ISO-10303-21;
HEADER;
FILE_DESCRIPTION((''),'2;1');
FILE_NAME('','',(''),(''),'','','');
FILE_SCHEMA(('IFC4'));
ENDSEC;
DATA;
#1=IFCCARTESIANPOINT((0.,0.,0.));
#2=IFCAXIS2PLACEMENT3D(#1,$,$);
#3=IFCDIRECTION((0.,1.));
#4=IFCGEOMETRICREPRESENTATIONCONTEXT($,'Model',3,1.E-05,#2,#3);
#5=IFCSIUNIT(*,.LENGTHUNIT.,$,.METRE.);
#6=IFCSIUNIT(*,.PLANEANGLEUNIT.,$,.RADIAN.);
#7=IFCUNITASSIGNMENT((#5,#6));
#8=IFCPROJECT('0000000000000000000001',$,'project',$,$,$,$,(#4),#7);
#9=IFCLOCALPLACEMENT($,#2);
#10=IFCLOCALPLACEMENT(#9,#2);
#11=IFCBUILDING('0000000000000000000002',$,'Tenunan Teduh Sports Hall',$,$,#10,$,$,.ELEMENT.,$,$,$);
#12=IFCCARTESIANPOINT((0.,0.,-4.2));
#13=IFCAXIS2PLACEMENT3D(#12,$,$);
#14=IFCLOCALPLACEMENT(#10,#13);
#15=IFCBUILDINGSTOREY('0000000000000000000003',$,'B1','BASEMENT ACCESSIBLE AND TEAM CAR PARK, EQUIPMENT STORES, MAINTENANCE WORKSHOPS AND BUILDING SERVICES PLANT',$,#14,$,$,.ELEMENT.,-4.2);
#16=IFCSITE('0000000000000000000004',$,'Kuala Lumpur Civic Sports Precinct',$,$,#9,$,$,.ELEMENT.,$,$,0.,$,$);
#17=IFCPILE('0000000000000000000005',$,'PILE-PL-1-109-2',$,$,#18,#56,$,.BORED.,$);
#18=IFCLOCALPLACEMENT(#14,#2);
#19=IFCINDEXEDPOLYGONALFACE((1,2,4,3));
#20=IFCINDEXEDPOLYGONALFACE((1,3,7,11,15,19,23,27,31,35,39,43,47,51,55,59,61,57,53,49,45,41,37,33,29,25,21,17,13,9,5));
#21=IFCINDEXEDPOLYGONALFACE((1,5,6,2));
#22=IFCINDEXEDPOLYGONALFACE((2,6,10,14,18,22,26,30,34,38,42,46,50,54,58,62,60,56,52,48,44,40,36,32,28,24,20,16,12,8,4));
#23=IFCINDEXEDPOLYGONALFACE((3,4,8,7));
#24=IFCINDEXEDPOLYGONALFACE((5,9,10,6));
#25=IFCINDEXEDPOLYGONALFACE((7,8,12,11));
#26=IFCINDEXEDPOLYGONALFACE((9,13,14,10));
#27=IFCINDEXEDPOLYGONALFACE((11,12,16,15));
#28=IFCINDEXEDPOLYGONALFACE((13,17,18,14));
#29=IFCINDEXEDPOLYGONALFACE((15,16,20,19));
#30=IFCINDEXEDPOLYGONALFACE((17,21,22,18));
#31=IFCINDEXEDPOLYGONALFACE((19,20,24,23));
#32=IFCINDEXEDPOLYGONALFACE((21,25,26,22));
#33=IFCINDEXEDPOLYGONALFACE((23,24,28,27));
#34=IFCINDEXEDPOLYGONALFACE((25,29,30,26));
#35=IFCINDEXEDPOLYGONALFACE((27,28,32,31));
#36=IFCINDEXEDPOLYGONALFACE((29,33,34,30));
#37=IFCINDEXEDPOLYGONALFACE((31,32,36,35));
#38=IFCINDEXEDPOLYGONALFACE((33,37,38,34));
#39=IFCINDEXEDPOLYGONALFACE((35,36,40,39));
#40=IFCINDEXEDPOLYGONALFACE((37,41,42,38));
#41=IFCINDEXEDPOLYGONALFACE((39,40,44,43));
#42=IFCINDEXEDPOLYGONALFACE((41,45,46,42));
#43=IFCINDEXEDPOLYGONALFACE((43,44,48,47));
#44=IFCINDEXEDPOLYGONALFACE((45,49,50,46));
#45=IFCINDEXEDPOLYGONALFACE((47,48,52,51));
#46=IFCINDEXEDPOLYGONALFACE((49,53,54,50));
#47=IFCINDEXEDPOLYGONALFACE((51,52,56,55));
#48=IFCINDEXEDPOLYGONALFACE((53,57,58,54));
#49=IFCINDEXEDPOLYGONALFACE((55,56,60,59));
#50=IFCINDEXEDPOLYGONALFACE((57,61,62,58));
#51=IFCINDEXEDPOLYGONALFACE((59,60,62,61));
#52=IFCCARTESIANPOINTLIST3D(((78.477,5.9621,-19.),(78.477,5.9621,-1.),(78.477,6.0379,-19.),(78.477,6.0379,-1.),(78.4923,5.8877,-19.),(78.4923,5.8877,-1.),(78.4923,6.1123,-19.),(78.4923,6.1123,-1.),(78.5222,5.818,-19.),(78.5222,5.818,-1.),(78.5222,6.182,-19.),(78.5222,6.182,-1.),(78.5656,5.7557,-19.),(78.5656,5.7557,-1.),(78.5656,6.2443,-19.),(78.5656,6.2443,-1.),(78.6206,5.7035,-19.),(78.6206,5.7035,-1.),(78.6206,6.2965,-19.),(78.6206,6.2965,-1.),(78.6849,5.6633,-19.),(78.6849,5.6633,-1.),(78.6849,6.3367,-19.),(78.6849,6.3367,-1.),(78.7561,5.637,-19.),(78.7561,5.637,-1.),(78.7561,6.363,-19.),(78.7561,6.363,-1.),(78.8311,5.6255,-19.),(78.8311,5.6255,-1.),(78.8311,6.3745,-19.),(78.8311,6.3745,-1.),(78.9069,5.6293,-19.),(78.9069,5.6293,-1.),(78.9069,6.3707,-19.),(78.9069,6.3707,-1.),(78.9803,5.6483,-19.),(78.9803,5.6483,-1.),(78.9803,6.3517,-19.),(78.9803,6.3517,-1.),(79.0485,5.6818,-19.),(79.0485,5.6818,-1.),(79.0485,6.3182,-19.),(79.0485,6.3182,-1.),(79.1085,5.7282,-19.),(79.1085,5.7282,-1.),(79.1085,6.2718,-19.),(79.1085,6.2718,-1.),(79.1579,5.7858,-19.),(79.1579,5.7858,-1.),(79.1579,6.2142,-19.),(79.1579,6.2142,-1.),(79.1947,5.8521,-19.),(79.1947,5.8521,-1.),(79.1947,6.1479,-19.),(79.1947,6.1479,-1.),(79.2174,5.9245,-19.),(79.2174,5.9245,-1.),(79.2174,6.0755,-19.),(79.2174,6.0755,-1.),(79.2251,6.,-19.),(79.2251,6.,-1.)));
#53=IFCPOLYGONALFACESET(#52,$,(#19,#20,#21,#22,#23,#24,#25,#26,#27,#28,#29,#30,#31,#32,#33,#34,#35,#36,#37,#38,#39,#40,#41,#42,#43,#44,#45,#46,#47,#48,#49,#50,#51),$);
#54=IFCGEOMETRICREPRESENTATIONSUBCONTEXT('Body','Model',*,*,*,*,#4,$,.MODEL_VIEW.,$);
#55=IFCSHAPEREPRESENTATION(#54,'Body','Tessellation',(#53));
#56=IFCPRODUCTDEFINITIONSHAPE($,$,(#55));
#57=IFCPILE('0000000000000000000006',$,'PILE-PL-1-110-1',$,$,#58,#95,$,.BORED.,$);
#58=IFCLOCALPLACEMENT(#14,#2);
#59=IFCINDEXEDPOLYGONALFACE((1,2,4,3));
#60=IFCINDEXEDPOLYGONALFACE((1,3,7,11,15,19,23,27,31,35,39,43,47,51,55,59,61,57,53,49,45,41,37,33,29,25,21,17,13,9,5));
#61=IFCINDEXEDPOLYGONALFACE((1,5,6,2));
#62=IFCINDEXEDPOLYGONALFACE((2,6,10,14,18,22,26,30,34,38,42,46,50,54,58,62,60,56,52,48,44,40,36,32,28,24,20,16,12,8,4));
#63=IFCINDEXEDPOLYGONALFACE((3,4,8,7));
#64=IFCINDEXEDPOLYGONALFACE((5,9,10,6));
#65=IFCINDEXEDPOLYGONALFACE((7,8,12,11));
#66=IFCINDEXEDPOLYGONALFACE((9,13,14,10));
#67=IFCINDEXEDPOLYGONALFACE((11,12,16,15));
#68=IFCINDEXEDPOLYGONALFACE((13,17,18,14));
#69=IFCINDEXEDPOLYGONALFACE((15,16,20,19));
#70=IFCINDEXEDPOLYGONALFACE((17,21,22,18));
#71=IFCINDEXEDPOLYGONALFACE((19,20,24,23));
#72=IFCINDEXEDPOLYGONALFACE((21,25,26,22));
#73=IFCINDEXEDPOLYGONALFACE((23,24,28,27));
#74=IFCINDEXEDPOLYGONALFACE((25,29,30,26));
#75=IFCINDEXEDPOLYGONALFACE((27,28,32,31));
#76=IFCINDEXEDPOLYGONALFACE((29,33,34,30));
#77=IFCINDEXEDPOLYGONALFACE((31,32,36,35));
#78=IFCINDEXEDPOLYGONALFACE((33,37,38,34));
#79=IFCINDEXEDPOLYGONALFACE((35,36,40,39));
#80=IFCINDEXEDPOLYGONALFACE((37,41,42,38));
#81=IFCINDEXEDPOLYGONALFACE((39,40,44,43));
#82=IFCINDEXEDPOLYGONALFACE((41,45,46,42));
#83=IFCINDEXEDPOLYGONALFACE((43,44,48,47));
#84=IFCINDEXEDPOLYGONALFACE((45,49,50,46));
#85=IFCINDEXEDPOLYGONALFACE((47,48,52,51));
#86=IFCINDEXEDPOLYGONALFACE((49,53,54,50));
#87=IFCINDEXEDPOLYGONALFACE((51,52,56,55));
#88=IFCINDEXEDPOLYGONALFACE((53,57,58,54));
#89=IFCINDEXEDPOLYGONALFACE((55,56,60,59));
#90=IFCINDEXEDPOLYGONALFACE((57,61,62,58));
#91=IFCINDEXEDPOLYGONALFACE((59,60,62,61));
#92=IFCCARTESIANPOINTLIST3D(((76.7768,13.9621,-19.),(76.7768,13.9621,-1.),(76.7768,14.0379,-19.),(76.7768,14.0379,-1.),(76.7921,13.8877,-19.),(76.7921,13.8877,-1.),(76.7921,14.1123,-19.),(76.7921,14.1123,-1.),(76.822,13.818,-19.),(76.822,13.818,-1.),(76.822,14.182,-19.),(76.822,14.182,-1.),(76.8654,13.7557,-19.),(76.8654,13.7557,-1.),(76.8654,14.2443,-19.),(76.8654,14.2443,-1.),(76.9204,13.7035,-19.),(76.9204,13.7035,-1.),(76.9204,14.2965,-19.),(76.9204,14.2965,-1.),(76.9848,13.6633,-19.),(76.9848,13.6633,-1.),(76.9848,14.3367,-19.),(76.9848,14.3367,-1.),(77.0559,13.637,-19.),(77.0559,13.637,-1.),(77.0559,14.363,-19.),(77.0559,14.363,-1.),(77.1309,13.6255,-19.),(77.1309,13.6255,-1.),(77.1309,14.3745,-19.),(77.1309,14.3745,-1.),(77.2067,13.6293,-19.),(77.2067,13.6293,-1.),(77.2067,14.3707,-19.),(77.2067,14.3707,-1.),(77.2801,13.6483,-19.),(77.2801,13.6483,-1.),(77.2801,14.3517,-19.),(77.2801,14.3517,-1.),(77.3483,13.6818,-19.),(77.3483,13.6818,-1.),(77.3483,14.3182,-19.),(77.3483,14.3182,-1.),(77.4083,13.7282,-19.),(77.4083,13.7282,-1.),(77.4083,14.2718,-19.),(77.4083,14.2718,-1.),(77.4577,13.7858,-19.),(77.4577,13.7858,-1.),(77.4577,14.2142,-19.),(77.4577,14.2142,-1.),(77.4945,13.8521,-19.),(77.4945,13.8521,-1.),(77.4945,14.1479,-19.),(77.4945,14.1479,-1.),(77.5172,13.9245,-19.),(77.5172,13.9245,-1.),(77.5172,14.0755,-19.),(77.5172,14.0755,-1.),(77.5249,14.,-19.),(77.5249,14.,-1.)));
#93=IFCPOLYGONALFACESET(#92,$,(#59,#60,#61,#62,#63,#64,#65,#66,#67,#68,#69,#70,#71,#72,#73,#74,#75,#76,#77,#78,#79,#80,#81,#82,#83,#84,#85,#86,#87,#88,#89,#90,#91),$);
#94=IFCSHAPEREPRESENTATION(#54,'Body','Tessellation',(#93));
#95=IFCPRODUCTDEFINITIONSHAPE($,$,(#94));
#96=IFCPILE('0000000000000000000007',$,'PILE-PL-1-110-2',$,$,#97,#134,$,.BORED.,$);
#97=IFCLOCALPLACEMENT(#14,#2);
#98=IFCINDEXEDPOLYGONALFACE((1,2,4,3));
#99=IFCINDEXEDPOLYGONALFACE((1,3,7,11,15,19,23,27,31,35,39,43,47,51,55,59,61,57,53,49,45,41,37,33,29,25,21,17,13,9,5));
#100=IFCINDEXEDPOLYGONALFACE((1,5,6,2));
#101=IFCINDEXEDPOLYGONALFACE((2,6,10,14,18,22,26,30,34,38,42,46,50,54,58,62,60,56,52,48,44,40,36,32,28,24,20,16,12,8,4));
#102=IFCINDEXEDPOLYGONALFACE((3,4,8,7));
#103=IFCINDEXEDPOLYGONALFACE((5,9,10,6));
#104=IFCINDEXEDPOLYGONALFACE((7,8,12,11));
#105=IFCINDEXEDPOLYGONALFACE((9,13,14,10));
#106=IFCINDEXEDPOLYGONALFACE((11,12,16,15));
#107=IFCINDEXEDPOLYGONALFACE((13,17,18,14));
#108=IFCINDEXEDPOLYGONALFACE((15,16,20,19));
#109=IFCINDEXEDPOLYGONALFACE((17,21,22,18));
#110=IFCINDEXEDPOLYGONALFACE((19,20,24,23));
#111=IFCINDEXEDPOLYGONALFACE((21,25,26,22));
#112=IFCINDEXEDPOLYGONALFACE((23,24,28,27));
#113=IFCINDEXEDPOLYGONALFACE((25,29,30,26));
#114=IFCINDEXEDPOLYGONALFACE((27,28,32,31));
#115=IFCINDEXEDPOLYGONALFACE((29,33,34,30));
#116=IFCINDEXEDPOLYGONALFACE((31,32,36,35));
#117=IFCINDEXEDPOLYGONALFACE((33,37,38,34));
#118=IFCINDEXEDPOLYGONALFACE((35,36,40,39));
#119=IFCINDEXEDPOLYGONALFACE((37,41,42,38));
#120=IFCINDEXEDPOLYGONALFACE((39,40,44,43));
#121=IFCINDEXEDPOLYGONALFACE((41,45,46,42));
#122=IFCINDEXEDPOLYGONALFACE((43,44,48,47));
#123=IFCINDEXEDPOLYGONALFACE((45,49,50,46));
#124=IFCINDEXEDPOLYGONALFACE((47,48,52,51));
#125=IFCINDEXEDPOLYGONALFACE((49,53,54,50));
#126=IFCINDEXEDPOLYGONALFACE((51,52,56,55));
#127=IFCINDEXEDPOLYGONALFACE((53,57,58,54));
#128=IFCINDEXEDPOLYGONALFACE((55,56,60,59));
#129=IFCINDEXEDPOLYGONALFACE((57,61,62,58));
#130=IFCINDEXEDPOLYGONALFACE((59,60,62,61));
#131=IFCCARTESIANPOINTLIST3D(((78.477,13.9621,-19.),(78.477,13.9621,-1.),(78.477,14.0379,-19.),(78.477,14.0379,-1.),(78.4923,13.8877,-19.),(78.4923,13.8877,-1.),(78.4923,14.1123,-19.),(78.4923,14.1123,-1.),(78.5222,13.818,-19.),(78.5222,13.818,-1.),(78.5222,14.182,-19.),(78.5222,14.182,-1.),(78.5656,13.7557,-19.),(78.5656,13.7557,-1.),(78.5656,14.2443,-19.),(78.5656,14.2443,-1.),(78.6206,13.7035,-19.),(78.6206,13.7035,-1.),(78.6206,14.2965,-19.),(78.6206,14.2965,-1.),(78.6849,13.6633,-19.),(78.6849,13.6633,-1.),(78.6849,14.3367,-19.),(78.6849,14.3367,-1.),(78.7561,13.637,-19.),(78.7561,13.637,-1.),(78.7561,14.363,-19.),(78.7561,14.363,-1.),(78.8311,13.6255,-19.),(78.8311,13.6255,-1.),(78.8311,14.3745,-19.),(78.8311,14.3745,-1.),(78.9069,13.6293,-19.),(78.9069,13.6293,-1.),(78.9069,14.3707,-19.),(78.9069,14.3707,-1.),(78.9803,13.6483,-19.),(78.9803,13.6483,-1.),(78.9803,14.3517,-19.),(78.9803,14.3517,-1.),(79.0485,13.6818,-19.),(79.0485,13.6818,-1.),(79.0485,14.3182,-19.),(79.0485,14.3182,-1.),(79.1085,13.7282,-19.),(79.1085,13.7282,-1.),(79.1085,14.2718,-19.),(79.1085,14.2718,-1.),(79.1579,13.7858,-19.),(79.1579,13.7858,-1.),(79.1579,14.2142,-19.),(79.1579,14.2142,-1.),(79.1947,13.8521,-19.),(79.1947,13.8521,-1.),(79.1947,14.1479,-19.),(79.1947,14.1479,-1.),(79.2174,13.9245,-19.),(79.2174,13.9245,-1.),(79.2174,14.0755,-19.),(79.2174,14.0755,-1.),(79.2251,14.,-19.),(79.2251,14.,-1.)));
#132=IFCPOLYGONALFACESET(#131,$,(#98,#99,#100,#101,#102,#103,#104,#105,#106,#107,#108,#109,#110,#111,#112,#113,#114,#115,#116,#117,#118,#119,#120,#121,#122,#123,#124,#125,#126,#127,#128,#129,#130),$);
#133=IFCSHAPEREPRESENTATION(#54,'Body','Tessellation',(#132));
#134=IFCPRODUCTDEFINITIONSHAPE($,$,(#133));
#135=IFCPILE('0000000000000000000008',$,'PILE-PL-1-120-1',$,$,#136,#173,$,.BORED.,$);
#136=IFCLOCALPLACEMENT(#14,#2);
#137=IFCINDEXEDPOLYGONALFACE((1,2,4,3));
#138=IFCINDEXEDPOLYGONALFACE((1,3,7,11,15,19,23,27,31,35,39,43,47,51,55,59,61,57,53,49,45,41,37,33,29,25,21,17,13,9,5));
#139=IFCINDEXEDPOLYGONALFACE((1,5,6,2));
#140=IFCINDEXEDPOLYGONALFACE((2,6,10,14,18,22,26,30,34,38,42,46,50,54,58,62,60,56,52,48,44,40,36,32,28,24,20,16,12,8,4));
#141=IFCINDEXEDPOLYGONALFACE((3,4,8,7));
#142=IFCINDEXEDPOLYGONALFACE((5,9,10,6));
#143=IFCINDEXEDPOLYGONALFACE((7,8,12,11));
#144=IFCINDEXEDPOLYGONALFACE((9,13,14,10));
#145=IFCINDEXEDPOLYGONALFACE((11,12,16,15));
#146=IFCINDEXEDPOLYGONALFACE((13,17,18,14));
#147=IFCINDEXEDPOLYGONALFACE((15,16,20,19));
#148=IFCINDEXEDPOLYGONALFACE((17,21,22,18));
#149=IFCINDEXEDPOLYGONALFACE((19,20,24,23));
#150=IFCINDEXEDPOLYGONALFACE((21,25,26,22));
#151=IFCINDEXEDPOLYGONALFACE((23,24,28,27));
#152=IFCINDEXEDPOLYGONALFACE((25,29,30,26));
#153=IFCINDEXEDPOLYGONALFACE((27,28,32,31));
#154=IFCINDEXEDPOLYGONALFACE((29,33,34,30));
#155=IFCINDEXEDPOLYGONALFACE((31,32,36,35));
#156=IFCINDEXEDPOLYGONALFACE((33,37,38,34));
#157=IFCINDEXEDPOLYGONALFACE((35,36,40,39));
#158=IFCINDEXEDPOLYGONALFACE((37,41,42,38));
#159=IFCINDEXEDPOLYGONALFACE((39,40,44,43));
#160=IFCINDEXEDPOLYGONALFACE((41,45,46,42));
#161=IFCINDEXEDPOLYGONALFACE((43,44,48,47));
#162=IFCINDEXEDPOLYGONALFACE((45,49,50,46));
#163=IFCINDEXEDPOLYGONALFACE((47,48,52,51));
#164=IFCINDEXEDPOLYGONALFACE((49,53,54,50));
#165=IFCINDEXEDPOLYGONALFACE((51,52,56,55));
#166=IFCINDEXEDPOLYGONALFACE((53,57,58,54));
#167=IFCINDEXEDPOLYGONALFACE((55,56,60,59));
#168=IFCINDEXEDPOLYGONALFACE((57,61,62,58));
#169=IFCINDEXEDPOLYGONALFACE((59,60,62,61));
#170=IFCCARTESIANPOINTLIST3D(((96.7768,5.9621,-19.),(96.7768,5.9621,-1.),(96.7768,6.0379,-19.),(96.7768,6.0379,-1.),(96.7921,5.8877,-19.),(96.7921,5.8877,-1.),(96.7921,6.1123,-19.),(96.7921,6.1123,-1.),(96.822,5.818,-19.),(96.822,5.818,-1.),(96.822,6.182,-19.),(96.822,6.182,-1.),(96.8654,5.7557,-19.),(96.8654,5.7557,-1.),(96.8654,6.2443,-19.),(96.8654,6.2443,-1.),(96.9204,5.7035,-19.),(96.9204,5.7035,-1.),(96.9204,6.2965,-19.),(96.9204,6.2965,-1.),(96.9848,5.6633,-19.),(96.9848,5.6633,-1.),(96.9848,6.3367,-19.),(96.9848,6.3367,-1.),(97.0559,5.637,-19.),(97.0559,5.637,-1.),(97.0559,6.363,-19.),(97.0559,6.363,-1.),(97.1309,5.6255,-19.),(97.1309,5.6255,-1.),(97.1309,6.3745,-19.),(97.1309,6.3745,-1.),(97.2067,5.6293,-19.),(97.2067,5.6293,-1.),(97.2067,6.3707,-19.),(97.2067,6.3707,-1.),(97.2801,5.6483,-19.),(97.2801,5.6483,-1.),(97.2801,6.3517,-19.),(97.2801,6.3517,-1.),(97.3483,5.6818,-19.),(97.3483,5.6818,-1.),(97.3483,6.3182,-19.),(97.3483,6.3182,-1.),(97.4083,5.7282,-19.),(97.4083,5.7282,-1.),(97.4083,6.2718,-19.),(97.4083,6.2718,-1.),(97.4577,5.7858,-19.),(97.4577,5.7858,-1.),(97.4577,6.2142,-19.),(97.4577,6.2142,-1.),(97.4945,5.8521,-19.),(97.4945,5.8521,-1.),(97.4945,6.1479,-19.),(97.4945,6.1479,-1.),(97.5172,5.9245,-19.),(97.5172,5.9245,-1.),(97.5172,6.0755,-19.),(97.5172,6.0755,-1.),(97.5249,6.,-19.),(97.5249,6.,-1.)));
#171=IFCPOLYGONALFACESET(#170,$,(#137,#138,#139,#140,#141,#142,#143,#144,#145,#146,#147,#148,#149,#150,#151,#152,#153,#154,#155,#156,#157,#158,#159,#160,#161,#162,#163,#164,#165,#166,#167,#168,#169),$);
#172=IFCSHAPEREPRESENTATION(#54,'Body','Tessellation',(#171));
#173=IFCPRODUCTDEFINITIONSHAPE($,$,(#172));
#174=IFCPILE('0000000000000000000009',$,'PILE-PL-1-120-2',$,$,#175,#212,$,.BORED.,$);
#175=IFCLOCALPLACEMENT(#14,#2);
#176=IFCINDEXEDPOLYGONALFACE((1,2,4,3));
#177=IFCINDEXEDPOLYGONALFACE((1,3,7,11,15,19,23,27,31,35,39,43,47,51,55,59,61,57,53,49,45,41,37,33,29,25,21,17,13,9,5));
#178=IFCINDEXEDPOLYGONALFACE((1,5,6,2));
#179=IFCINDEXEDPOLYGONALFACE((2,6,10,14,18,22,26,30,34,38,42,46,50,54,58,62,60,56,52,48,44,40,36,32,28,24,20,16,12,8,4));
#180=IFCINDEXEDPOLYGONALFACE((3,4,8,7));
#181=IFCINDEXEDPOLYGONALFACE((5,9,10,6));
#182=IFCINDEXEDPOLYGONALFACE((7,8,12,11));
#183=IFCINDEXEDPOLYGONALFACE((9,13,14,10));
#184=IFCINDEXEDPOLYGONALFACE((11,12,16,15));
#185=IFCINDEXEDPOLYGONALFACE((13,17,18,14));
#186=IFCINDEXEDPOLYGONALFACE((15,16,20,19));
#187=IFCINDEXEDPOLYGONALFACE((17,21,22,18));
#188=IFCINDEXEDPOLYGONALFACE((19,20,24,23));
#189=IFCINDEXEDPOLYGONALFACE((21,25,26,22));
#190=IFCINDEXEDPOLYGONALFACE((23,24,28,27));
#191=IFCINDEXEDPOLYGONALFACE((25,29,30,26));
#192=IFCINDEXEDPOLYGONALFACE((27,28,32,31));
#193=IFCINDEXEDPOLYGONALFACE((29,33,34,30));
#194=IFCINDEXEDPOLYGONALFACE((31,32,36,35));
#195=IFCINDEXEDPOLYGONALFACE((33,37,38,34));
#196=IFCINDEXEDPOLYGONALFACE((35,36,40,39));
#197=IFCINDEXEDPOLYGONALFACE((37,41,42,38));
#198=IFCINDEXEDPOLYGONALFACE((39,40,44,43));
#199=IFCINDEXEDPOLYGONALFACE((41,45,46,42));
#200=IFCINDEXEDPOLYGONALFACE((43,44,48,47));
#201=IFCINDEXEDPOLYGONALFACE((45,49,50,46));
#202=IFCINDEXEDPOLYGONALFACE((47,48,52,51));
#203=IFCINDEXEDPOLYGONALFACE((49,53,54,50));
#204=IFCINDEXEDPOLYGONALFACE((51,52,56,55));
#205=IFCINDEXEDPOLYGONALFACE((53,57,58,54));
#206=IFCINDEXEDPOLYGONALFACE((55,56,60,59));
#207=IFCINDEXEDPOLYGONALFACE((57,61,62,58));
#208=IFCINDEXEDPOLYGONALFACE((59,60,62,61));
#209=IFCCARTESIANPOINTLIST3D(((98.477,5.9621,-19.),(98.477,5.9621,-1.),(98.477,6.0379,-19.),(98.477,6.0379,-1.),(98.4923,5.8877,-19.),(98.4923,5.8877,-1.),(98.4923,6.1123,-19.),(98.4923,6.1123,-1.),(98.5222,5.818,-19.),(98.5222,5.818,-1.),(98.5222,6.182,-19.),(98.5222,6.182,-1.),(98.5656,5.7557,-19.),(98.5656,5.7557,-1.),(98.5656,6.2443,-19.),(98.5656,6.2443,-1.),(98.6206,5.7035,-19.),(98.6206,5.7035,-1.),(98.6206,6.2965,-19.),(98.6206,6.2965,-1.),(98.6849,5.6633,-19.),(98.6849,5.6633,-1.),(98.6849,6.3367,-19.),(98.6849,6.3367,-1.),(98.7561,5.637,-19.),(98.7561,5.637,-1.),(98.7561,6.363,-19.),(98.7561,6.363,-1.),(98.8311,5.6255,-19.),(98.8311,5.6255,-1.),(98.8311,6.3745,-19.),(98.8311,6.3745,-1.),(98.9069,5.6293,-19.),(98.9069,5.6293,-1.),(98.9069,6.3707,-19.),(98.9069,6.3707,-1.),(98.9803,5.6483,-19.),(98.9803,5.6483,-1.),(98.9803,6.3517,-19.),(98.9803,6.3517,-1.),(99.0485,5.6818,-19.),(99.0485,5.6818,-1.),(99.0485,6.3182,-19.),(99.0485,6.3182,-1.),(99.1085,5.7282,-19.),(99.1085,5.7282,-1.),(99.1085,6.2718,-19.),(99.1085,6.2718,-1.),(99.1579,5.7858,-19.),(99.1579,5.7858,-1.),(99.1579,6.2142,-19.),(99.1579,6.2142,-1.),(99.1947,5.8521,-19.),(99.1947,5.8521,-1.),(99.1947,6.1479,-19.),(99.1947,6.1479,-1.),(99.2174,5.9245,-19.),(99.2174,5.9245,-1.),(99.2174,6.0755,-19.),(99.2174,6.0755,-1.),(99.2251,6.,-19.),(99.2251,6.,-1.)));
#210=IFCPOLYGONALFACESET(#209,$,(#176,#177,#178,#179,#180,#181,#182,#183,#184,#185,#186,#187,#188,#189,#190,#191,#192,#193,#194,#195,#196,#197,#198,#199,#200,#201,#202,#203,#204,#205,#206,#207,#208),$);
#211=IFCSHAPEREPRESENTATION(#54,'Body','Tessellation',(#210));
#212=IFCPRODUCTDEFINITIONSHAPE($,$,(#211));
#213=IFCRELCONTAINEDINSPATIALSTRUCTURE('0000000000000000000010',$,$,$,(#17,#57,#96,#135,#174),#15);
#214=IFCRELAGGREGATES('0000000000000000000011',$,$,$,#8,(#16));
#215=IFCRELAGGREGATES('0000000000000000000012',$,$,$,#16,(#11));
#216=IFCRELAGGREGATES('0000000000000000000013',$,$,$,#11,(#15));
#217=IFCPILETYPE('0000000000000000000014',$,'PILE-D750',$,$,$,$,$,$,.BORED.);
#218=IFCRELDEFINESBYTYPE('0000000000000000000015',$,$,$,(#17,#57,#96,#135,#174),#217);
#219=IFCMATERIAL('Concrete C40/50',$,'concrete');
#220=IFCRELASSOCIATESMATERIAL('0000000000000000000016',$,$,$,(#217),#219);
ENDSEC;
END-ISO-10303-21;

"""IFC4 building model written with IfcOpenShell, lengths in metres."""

from ifc_helpers import new_model, si_unit, direction, frame, origin, origin_2d, place, context, subcontext, project, spatial, circle, extrude, material, material_profile, profile_set, type_object, element, save


model = new_model("IFC4")

# Units and contexts
model_context = context("Model", 3, precision=1e-05, world=origin(), true_north=direction((0.0, 1.0)))
body_context = subcontext(model_context, "Body", "Model", "MODEL_VIEW")
ifc_project = project(units=[si_unit("LENGTHUNIT", "METRE"), si_unit("PLANEANGLEUNIT", "RADIAN")], contexts=[model_context])

# Site, building, storey
site_placement = place(None, origin())
site = spatial("IfcSite", under=ifc_project, at=site_placement, Name="Kuala Lumpur Civic Sports Precinct", CompositionType="ELEMENT", RefElevation=0.0)
building_placement = place(site_placement, origin())
building = spatial("IfcBuilding", under=site, at=building_placement, Name="Tenunan Teduh Sports Hall", CompositionType="ELEMENT")
storey_placement = place(building_placement, frame((0.0, 0.0, -4.2)))
storey = spatial("IfcBuildingStorey", under=building, at=storey_placement, Name="B1", Description="BASEMENT ACCESSIBLE AND TEAM CAR PARK, EQUIPMENT STORES, MAINTENANCE WORKSHOPS AND BUILDING SERVICES PLANT", CompositionType="ELEMENT", Elevation=-4.2)

# Piles
ifc_material_1 = material(Name="Concrete C40/50", Category="concrete")
ifc_material_profile_1 = material_profile(ifc_material_1, circle(Radius=0.375, at=origin_2d()), Name="PILE D750")
ifc_profile_set_1 = profile_set([ifc_material_profile_1], Name="Concrete C40/50")
pile_type_1 = type_object("IfcPileType", Name="PILE-D750", PredefinedType="BORED", material=ifc_profile_set_1)
for number, where, z_axis, x_axis, name in (
    (1, (78.8501, 6.0, -1.0), (0.0, 0.0, -1.0), (1.0, 0.0, 0.0), "PILE-PL-1-109-2"),
    (2, (77.1499, 14.0, -1.0), (0.0, 0.0, -1.0), (1.0, 0.0, 0.0), "PILE-PL-1-110-1"),
    (3, (78.8501, 14.0, -1.0), (0.0, 0.0, -1.0), (1.0, 0.0, 0.0), "PILE-PL-1-110-2"),
    (4, (97.1499, 6.0, -1.0), (0.0, 0.0, -1.0), (1.0, 0.0, 0.0), "PILE-PL-1-120-1"),
    (5, (98.8501, 6.0, -1.0), (0.0, 0.0, -1.0), (1.0, 0.0, 0.0), "PILE-PL-1-120-2"),
):
    element("IfcPile", number, at=place(storey_placement, frame(where, z_axis=z_axis, x_axis=x_axis)), inside=storey, type_object=pile_type_1, Name=name, PredefinedType="BORED", context=body_context, shape_type="SweptSolid", body=[
        extrude(circle(Radius=0.375, at=origin_2d()), origin(), (0.0, 0.0, 1.0), 18.0),
    ])

save(model, "model.ifc")
